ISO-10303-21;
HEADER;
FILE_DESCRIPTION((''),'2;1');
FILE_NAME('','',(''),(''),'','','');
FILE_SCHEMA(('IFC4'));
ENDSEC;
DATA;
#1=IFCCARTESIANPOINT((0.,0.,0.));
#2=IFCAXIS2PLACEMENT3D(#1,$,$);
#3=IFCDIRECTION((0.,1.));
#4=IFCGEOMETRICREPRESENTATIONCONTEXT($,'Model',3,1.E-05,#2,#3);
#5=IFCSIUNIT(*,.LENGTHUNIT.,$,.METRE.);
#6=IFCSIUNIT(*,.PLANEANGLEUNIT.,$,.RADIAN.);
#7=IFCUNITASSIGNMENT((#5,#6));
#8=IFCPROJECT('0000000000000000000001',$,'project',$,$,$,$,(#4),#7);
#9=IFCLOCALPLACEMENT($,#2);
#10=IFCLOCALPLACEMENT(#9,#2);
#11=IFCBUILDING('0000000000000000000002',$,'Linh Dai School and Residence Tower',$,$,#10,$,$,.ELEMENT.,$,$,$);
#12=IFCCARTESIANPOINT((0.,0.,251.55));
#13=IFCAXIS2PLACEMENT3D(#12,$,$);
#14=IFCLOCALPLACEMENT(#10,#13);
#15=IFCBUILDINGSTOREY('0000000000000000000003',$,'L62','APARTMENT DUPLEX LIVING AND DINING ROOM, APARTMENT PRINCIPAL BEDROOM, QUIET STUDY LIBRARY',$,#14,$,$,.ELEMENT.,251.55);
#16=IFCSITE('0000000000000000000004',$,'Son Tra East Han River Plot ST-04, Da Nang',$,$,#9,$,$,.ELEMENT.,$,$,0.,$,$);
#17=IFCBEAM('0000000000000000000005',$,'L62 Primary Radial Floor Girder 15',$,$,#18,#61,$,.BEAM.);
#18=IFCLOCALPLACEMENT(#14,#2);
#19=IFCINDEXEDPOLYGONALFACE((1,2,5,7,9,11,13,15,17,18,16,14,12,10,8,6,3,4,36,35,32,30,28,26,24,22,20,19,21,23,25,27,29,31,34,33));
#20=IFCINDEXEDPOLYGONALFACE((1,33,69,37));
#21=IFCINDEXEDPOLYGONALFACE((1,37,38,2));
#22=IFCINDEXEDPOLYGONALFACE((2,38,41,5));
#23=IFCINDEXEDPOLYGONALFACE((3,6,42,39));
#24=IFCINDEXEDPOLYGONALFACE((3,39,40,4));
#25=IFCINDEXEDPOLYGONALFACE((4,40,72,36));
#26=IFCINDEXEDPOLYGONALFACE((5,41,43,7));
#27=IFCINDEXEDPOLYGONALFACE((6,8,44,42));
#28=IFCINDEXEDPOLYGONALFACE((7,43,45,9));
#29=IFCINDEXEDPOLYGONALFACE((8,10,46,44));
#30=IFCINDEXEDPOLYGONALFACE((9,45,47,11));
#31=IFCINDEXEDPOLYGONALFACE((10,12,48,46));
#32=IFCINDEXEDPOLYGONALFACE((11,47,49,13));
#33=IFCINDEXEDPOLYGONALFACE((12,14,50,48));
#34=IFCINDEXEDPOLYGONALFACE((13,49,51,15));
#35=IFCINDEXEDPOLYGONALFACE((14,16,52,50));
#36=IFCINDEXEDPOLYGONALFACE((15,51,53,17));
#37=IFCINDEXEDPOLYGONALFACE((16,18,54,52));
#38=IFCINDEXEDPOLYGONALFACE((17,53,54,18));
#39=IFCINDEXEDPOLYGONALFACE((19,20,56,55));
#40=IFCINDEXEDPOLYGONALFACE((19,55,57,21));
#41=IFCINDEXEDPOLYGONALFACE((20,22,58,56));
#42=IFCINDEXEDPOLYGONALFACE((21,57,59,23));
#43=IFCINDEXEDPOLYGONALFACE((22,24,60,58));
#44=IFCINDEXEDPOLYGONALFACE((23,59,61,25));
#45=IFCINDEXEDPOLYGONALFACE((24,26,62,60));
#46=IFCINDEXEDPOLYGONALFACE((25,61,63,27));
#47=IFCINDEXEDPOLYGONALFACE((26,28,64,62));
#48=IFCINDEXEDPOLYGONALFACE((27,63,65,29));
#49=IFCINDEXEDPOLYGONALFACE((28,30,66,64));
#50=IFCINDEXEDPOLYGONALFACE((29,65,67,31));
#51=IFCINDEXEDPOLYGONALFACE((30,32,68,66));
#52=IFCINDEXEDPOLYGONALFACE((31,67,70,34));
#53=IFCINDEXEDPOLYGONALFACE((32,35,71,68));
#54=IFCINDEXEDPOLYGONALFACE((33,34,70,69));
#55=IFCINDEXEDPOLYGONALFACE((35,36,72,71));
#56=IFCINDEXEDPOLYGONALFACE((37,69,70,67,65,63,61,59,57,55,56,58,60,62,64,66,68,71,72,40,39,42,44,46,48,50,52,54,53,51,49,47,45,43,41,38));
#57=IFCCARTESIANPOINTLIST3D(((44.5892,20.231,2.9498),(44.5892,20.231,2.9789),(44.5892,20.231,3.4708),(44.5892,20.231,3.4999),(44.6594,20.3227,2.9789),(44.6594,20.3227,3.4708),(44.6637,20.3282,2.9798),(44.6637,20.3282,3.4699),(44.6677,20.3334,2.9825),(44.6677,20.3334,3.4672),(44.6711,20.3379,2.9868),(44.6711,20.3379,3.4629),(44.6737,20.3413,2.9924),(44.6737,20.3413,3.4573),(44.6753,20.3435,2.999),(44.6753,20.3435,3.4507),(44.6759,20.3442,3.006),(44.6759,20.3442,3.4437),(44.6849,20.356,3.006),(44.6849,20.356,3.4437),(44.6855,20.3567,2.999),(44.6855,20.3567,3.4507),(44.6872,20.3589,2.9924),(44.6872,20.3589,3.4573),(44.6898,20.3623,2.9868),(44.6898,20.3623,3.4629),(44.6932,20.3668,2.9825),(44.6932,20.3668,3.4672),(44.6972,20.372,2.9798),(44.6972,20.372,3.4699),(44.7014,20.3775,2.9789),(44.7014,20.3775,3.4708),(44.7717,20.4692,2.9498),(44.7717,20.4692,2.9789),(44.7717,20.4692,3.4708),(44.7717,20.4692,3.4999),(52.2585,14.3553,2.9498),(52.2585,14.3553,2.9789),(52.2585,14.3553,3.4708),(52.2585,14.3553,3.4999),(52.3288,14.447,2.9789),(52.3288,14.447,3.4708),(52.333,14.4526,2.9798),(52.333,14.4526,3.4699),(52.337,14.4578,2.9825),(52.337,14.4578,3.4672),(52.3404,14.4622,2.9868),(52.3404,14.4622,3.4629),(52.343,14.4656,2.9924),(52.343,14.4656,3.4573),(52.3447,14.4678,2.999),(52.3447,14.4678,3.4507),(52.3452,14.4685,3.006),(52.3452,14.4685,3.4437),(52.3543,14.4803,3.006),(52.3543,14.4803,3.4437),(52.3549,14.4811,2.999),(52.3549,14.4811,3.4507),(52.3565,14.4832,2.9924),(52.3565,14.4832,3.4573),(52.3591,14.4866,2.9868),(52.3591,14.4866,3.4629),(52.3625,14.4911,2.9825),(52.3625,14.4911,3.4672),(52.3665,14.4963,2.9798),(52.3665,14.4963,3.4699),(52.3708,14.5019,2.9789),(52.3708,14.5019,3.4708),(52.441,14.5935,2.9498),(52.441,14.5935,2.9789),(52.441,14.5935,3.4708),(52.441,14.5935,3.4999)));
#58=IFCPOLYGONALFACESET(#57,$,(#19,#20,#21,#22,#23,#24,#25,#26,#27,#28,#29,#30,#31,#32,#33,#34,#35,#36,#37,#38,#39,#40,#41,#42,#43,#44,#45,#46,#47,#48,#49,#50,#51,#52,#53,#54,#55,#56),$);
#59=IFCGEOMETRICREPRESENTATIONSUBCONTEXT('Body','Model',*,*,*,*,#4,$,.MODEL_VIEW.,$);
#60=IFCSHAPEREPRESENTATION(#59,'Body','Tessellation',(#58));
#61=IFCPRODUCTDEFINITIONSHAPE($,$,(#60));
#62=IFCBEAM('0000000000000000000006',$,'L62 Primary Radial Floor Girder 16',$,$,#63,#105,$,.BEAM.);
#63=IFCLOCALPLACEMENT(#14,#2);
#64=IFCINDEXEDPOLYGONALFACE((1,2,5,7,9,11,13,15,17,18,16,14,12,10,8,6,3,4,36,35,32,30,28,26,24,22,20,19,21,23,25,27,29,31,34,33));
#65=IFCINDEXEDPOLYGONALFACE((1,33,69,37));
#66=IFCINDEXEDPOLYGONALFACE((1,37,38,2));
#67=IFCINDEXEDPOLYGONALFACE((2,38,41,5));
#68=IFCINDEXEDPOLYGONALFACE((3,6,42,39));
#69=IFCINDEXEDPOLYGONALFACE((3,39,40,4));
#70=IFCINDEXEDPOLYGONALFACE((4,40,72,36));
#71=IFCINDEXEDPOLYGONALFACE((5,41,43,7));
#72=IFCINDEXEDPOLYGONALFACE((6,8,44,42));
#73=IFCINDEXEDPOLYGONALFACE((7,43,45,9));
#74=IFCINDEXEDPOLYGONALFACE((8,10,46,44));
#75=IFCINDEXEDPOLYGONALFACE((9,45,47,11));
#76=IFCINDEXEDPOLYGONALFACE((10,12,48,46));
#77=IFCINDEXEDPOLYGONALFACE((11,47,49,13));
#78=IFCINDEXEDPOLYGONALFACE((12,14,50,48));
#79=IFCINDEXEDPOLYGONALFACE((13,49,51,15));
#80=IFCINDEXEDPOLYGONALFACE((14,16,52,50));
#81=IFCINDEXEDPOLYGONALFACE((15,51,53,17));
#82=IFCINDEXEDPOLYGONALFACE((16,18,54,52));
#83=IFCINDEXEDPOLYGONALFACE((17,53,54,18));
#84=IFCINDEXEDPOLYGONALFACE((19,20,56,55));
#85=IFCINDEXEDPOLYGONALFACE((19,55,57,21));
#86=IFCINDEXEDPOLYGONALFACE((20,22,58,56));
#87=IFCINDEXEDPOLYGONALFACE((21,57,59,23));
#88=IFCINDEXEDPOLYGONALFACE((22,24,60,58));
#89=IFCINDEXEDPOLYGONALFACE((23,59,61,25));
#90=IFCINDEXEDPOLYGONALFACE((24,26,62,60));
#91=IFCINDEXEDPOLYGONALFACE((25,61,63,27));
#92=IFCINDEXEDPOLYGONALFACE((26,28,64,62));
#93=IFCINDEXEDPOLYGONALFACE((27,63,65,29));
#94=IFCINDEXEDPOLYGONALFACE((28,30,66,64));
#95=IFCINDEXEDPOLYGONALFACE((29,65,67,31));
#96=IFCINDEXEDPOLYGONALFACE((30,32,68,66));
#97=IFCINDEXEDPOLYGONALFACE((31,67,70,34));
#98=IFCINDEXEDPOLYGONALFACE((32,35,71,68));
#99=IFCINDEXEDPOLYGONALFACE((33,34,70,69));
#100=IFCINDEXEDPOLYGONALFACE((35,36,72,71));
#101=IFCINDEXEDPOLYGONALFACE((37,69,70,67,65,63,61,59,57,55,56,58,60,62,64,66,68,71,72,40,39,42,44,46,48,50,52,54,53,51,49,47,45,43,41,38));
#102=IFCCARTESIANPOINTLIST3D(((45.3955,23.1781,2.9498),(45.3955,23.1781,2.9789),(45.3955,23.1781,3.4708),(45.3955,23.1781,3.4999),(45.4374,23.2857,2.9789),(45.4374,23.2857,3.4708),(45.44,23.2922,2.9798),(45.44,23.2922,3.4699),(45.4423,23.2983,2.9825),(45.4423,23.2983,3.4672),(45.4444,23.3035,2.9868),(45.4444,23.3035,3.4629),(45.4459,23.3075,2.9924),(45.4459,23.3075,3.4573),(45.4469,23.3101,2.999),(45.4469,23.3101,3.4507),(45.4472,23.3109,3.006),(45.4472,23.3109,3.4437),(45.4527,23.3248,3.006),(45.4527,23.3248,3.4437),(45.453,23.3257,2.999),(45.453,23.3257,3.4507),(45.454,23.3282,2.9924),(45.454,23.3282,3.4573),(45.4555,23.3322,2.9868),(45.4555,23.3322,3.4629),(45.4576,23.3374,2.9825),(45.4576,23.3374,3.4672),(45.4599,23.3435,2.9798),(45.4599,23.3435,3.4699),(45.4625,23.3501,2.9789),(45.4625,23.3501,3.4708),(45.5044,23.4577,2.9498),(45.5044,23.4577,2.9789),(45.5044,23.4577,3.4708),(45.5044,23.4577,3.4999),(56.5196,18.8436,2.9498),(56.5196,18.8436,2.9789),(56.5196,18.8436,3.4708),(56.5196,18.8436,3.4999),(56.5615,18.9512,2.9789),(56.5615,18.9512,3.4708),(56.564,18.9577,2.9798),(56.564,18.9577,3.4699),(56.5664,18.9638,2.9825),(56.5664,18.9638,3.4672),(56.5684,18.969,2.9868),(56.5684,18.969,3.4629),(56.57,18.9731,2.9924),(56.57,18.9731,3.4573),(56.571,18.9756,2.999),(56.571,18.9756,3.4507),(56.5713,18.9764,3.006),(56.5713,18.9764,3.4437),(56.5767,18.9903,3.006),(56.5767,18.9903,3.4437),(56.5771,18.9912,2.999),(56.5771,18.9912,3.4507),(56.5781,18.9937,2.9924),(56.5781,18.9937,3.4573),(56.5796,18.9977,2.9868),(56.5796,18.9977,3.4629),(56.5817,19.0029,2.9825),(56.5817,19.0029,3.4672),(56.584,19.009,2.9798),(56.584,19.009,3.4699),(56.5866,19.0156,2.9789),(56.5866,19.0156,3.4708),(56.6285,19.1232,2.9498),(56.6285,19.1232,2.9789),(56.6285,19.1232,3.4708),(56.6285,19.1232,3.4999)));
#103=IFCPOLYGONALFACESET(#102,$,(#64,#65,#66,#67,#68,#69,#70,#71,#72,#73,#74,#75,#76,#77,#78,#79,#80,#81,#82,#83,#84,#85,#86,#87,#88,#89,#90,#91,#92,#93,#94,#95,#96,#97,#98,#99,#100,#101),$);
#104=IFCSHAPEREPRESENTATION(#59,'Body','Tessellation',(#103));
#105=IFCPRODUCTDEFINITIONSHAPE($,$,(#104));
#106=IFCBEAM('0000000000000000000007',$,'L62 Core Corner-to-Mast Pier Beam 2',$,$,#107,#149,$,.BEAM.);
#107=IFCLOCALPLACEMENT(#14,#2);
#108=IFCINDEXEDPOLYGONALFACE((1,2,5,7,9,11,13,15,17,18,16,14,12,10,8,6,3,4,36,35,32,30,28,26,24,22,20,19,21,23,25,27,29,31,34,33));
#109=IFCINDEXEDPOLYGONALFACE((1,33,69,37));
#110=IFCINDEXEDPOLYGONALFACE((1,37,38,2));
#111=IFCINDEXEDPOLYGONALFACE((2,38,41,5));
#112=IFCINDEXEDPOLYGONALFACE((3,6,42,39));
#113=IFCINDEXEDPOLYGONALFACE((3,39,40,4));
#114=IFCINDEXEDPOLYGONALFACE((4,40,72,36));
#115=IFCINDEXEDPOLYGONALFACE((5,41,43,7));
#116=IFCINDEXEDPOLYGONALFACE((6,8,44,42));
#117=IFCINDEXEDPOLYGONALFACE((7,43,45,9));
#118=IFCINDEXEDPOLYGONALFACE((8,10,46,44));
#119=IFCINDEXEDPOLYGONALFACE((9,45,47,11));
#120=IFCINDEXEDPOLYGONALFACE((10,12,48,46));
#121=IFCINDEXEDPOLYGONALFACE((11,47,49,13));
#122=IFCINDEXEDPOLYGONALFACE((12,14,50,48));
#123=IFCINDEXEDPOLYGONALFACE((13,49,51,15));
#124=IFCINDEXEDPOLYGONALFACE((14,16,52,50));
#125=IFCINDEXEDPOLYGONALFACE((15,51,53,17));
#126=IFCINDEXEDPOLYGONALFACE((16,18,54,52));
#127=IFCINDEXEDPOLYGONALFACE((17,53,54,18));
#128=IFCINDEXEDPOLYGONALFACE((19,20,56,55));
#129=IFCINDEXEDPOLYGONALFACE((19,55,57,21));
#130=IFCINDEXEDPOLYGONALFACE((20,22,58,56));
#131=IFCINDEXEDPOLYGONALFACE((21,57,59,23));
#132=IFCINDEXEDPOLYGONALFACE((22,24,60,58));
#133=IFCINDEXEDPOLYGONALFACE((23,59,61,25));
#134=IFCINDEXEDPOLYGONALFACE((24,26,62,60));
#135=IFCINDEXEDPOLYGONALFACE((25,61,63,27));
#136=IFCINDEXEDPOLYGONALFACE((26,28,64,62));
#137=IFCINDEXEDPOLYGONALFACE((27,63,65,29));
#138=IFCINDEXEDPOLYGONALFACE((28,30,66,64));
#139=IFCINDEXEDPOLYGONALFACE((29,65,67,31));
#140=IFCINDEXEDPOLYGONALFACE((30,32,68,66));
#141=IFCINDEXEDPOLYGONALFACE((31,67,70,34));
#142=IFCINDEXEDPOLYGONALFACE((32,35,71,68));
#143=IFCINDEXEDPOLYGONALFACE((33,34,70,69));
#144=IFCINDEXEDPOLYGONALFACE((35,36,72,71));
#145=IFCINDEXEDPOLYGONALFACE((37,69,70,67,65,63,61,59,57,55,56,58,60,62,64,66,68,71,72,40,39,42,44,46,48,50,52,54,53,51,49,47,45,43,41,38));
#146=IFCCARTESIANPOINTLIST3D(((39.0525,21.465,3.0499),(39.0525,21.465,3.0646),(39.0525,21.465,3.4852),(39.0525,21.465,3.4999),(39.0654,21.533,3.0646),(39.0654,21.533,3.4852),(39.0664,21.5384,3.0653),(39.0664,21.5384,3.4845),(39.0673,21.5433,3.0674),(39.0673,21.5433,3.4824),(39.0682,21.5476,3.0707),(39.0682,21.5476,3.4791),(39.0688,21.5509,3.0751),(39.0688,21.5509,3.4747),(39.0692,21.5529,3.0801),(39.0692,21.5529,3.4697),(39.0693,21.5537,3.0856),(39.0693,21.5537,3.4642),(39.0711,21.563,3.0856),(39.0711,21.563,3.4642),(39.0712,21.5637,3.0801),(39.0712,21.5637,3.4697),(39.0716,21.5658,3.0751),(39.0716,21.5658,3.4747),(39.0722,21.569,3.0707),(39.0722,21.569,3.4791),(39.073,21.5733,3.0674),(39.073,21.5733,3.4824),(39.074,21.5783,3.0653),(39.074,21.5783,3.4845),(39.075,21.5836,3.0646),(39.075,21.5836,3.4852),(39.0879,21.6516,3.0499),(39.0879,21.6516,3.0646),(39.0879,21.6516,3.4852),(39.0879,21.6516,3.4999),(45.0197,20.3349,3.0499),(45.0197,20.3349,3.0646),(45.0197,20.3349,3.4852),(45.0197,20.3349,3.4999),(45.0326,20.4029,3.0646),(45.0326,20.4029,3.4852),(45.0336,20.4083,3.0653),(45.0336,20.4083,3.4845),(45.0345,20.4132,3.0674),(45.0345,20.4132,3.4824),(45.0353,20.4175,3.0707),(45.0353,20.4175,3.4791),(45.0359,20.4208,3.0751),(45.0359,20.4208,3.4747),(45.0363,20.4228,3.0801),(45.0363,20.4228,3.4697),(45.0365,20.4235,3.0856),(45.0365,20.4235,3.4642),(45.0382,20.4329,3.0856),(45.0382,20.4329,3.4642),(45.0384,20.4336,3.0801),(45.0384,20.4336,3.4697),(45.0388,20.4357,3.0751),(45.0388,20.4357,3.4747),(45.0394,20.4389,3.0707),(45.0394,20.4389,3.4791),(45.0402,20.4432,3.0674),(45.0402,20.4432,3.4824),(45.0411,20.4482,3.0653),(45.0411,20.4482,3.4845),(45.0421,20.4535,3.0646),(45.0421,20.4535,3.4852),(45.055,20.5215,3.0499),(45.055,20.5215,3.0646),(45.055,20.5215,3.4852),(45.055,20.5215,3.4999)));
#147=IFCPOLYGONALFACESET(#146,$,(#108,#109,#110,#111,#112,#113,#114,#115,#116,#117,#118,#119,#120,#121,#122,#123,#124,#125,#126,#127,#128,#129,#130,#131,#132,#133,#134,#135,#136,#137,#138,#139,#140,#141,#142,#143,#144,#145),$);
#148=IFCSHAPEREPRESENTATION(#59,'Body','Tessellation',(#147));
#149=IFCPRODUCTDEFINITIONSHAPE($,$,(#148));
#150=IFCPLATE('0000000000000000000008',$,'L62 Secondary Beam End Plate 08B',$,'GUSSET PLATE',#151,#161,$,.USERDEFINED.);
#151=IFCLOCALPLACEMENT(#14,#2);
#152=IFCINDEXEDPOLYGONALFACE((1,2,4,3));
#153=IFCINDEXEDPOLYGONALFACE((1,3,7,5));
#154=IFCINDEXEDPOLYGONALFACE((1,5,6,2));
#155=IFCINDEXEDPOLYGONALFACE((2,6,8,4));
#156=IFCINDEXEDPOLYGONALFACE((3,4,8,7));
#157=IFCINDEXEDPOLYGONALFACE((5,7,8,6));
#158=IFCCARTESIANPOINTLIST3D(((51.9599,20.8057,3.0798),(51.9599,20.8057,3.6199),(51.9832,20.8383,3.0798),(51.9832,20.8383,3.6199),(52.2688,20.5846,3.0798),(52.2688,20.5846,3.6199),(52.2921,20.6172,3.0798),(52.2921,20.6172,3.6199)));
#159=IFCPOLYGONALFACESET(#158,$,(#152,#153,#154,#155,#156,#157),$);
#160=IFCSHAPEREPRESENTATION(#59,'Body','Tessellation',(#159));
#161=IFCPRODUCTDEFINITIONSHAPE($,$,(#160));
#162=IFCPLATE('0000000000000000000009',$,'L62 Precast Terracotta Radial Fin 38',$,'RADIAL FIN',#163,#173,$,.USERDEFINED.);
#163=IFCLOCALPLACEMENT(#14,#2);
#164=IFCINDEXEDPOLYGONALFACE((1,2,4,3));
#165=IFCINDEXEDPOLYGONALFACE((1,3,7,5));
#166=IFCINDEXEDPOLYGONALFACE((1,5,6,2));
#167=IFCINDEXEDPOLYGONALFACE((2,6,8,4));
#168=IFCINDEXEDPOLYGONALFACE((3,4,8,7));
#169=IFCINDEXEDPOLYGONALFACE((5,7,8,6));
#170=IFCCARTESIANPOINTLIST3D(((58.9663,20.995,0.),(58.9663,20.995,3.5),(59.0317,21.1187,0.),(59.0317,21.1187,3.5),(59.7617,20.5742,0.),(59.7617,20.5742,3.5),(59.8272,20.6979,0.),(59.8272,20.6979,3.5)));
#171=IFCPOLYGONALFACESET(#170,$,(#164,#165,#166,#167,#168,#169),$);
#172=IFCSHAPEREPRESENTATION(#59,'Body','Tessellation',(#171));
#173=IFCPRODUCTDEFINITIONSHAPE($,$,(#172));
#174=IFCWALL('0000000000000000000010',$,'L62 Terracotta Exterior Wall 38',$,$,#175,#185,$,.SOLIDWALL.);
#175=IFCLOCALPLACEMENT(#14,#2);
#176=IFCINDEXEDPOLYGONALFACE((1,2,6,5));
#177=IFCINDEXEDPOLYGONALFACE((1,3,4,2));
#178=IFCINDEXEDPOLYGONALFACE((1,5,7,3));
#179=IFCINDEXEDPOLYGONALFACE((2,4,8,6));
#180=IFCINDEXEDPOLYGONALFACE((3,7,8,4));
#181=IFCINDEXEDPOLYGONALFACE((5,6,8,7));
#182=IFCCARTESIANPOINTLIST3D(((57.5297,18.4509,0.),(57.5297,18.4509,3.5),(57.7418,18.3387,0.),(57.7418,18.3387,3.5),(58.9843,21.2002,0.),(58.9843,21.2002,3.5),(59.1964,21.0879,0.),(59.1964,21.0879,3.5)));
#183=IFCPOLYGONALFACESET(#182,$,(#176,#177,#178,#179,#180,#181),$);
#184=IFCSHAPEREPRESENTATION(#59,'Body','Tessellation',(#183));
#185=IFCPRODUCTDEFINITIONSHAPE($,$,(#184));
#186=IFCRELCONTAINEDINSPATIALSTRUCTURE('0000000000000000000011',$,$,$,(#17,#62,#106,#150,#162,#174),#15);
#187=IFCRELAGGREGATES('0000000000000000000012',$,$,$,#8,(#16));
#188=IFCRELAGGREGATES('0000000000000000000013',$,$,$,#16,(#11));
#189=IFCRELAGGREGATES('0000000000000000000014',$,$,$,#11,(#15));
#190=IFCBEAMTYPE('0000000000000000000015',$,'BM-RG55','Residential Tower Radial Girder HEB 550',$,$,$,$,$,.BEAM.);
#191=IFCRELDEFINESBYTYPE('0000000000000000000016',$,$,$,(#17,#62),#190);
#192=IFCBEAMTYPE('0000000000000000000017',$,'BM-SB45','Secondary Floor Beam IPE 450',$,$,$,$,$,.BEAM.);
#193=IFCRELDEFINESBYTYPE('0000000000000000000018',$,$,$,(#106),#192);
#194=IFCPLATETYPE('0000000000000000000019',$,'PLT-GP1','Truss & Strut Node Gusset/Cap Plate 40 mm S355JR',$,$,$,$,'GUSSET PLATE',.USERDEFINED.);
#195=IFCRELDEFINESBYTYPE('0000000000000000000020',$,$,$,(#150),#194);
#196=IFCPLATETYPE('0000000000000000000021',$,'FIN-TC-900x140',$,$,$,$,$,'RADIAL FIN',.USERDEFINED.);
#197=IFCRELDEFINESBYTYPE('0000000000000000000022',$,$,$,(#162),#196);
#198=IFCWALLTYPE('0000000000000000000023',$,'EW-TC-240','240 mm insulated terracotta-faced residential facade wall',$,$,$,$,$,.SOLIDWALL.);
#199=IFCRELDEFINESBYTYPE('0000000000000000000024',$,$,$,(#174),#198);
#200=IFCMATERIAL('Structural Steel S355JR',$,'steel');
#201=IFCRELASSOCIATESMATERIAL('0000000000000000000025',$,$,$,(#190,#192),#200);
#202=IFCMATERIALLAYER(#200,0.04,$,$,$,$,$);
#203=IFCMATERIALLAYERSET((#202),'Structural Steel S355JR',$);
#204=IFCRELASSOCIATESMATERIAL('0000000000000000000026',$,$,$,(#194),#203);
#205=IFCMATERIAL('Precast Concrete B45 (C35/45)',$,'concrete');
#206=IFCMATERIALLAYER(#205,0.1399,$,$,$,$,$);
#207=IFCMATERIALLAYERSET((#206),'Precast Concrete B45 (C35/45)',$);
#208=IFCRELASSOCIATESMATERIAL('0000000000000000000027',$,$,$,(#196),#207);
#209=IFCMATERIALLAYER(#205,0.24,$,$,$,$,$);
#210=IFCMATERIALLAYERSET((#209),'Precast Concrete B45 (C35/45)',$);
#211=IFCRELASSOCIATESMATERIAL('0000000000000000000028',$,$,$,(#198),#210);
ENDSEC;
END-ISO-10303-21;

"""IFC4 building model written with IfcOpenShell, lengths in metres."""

from ifc_helpers import new_model, si_unit, direction, frame, frame_2d, origin, origin_2d, place, context, subcontext, project, spatial, rectangle, i_section, extrude, source, transform, mapped, material, layer, layer_set, material_profile, profile_set, type_object, element, save


model = new_model("IFC4")

# Units and contexts
model_context = context("Model", 3, precision=1e-05, world=origin(), true_north=direction((0.0, 1.0)))
body_context = subcontext(model_context, "Body", "Model", "MODEL_VIEW")
ifc_project = project(units=[si_unit("LENGTHUNIT", "METRE"), si_unit("PLANEANGLEUNIT", "RADIAN")], contexts=[model_context])

# Site, building, storey
site_placement = place(None, origin())
site = spatial("IfcSite", under=ifc_project, at=site_placement, Name="Son Tra East Han River Plot ST-04, Da Nang", CompositionType="ELEMENT", RefElevation=0.0)
building_placement = place(site_placement, origin())
building = spatial("IfcBuilding", under=site, at=building_placement, Name="Linh Dai School and Residence Tower", CompositionType="ELEMENT")
storey_placement = place(building_placement, frame((0.0, 0.0, 251.55)))
storey = spatial("IfcBuildingStorey", under=building, at=storey_placement, Name="L62", Description="APARTMENT DUPLEX LIVING AND DINING ROOM, APARTMENT PRINCIPAL BEDROOM, QUIET STUDY LIBRARY", CompositionType="ELEMENT", Elevation=251.55)

# Shared definitions
ifc_material_1 = material(Name="Structural Steel S355JR", Category="steel")

# Beams
ifc_material_profile_1 = material_profile(ifc_material_1, i_section(OverallWidth=0.3, OverallDepth=0.55, WebThickness=0.0149, FlangeThickness=0.0291, FilletRadius=0.0271, at=origin_2d()), Name="HEB 550")
ifc_profile_set_1 = profile_set([ifc_material_profile_1], Name="Structural Steel S355JR")
beam_type_1 = type_object("IfcBeamType", Name="BM-RG55", Description="Residential Tower Radial Girder HEB 550", PredefinedType="BEAM", material=ifc_profile_set_1)
beam_1_placement = place(storey_placement, frame((44.6804, 20.3501, 3.2249), z_axis=(0.793815, -0.60816, 0.0), x_axis=(0.60816, 0.793815, 0.0)))
element("IfcBeam", 1, at=beam_1_placement, inside=storey, type_object=beam_type_1, Name="L62 Primary Radial Floor Girder 15", PredefinedType="BEAM", context=body_context, shape_type="SweptSolid", body=[
    extrude(i_section(OverallWidth=0.3, OverallDepth=0.55, WebThickness=0.0149, FlangeThickness=0.0291, FilletRadius=0.0271, at=origin_2d()), origin(), (0.0, 0.0, 1.0), 9.6614),
])
beam_2_placement = place(storey_placement, frame((45.45, 23.3179, 3.2249), z_axis=(0.931765, -0.363062, 0.0), x_axis=(0.363062, 0.931765, 0.0)))
element("IfcBeam", 2, at=beam_2_placement, inside=storey, type_object=beam_type_1, Name="L62 Primary Radial Floor Girder 16", PredefinedType="BEAM", context=body_context, shape_type="SweptSolid", body=[
    extrude(i_section(OverallWidth=0.3, OverallDepth=0.55, WebThickness=0.0149, FlangeThickness=0.0291, FilletRadius=0.0271, at=origin_2d()), origin(), (0.0, 0.0, 1.0), 11.9387),
])
ifc_material_profile_2 = material_profile(ifc_material_1, i_section(OverallWidth=0.1899, OverallDepth=0.45, WebThickness=0.0095, FlangeThickness=0.0146, FilletRadius=0.021, at=origin_2d()), Name="IPE 450")
ifc_profile_set_2 = profile_set([ifc_material_profile_2], Name="Structural Steel S355JR")
beam_type_2 = type_object("IfcBeamType", Name="BM-SB45", Description="Secondary Floor Beam IPE 450", PredefinedType="BEAM", material=ifc_profile_set_2)
beam_3_placement = place(storey_placement, frame((45.0374, 20.4282, 3.2749), z_axis=(-0.982535, 0.186079, 0.0), x_axis=(-0.186079, -0.982535, 0.0)))
element("IfcBeam", 3, at=beam_3_placement, inside=storey, type_object=beam_type_2, Name="L62 Core Corner-to-Mast Pier Beam 2", PredefinedType="BEAM", context=body_context, shape_type="SweptSolid", body=[
    extrude(i_section(OverallWidth=0.1899, OverallDepth=0.45, WebThickness=0.0095, FlangeThickness=0.0146, FilletRadius=0.021, at=origin_2d()), origin(), (0.0, 0.0, 1.0), 6.0732),
])

# Plates
ifc_layer_1 = layer(ifc_material_1, 0.04)
ifc_layer_set_1 = layer_set([ifc_layer_1], Name="Structural Steel S355JR")
plate_type_1 = type_object("IfcPlateType", Name="PLT-GP1", Description="Truss & Strut Node Gusset/Cap Plate 40 mm S355JR", ElementType="GUSSET PLATE", PredefinedType="USERDEFINED", material=ifc_layer_set_1)
shared_shape_1 = source(origin(), body_context, "Body", "SweptSolid", [
    extrude(rectangle(XDim=0.04, YDim=0.3799, at=origin_2d()), origin(), (0.0, 0.0, 1.0), 0.54),
])
plate_1_placement = place(storey_placement, frame((52.126, 20.7114, 3.0798), z_axis=(0.0, 0.0, 1.0), x_axis=(0.58204, 0.81316, 0.0)))
element("IfcPlate", 4, at=plate_1_placement, inside=storey, type_object=plate_type_1, Name="L62 Secondary Beam End Plate 08B", ObjectType="GUSSET PLATE", PredefinedType="USERDEFINED", context=body_context, shape_type="MappedRepresentation", body=[
    mapped(shared_shape_1, transform((0.0, 0.0, 0.0), x_axis=(1.0, 0.0, 0.0), y_axis=(0.0, 1.0, 0.0), z_axis=(0.0, 0.0, 1.0), scale=1.0)),
])
ifc_material_2 = material(Name="Precast Concrete B45 (C35/45)", Category="concrete")
ifc_layer_2 = layer(ifc_material_2, 0.1399)
ifc_layer_set_2 = layer_set([ifc_layer_2], Name="Precast Concrete B45 (C35/45)")
plate_type_2 = type_object("IfcPlateType", Name="FIN-TC-900x140", ElementType="RADIAL FIN", PredefinedType="USERDEFINED", material=ifc_layer_set_2)
shared_shape_2 = source(origin(), body_context, "Body", "SweptSolid", [
    extrude(rectangle(XDim=0.8999, YDim=0.1399, at=origin_2d()), origin(), (0.0, 0.0, 1.0), 3.5),
])
plate_2_placement = place(storey_placement, frame((59.3967, 20.8464, 0.0), z_axis=(0.0, 0.0, 1.0), x_axis=(0.883929, -0.467621, 0.0)))
element("IfcPlate", 5, at=plate_2_placement, inside=storey, type_object=plate_type_2, Name="L62 Precast Terracotta Radial Fin 38", ObjectType="RADIAL FIN", PredefinedType="USERDEFINED", context=body_context, shape_type="MappedRepresentation", body=[
    mapped(shared_shape_2, transform((0.0, 0.0, 0.0), x_axis=(1.0, 0.0, 0.0), y_axis=(0.0, 1.0, 0.0), z_axis=(0.0, 0.0, 1.0), scale=1.0)),
])

# Wall
ifc_layer_3 = layer(ifc_material_2, 0.24)
ifc_layer_set_3 = layer_set([ifc_layer_3], Name="Precast Concrete B45 (C35/45)")
wall_type_1 = type_object("IfcWallType", Name="EW-TC-240", Description="240 mm insulated terracotta-faced residential facade wall", PredefinedType="SOLIDWALL", material=ifc_layer_set_3)
wall_1_placement = place(storey_placement, frame((59.0903, 21.144, 0.0), z_axis=(0.0, 0.0, 1.0), x_axis=(-0.46766, -0.883908, 0.0)))
element("IfcWall", 6, at=wall_1_placement, inside=storey, type_object=wall_type_1, Name="L62 Terracotta Exterior Wall 38", PredefinedType="SOLIDWALL", context=body_context, shape_type="SweptSolid", body=[
    extrude(rectangle(XDim=3.1104, YDim=0.24, at=frame_2d((1.5552, 0.0))), origin(), (0.0, 0.0, 1.0), 3.5),
])

save(model, "model.ifc")
